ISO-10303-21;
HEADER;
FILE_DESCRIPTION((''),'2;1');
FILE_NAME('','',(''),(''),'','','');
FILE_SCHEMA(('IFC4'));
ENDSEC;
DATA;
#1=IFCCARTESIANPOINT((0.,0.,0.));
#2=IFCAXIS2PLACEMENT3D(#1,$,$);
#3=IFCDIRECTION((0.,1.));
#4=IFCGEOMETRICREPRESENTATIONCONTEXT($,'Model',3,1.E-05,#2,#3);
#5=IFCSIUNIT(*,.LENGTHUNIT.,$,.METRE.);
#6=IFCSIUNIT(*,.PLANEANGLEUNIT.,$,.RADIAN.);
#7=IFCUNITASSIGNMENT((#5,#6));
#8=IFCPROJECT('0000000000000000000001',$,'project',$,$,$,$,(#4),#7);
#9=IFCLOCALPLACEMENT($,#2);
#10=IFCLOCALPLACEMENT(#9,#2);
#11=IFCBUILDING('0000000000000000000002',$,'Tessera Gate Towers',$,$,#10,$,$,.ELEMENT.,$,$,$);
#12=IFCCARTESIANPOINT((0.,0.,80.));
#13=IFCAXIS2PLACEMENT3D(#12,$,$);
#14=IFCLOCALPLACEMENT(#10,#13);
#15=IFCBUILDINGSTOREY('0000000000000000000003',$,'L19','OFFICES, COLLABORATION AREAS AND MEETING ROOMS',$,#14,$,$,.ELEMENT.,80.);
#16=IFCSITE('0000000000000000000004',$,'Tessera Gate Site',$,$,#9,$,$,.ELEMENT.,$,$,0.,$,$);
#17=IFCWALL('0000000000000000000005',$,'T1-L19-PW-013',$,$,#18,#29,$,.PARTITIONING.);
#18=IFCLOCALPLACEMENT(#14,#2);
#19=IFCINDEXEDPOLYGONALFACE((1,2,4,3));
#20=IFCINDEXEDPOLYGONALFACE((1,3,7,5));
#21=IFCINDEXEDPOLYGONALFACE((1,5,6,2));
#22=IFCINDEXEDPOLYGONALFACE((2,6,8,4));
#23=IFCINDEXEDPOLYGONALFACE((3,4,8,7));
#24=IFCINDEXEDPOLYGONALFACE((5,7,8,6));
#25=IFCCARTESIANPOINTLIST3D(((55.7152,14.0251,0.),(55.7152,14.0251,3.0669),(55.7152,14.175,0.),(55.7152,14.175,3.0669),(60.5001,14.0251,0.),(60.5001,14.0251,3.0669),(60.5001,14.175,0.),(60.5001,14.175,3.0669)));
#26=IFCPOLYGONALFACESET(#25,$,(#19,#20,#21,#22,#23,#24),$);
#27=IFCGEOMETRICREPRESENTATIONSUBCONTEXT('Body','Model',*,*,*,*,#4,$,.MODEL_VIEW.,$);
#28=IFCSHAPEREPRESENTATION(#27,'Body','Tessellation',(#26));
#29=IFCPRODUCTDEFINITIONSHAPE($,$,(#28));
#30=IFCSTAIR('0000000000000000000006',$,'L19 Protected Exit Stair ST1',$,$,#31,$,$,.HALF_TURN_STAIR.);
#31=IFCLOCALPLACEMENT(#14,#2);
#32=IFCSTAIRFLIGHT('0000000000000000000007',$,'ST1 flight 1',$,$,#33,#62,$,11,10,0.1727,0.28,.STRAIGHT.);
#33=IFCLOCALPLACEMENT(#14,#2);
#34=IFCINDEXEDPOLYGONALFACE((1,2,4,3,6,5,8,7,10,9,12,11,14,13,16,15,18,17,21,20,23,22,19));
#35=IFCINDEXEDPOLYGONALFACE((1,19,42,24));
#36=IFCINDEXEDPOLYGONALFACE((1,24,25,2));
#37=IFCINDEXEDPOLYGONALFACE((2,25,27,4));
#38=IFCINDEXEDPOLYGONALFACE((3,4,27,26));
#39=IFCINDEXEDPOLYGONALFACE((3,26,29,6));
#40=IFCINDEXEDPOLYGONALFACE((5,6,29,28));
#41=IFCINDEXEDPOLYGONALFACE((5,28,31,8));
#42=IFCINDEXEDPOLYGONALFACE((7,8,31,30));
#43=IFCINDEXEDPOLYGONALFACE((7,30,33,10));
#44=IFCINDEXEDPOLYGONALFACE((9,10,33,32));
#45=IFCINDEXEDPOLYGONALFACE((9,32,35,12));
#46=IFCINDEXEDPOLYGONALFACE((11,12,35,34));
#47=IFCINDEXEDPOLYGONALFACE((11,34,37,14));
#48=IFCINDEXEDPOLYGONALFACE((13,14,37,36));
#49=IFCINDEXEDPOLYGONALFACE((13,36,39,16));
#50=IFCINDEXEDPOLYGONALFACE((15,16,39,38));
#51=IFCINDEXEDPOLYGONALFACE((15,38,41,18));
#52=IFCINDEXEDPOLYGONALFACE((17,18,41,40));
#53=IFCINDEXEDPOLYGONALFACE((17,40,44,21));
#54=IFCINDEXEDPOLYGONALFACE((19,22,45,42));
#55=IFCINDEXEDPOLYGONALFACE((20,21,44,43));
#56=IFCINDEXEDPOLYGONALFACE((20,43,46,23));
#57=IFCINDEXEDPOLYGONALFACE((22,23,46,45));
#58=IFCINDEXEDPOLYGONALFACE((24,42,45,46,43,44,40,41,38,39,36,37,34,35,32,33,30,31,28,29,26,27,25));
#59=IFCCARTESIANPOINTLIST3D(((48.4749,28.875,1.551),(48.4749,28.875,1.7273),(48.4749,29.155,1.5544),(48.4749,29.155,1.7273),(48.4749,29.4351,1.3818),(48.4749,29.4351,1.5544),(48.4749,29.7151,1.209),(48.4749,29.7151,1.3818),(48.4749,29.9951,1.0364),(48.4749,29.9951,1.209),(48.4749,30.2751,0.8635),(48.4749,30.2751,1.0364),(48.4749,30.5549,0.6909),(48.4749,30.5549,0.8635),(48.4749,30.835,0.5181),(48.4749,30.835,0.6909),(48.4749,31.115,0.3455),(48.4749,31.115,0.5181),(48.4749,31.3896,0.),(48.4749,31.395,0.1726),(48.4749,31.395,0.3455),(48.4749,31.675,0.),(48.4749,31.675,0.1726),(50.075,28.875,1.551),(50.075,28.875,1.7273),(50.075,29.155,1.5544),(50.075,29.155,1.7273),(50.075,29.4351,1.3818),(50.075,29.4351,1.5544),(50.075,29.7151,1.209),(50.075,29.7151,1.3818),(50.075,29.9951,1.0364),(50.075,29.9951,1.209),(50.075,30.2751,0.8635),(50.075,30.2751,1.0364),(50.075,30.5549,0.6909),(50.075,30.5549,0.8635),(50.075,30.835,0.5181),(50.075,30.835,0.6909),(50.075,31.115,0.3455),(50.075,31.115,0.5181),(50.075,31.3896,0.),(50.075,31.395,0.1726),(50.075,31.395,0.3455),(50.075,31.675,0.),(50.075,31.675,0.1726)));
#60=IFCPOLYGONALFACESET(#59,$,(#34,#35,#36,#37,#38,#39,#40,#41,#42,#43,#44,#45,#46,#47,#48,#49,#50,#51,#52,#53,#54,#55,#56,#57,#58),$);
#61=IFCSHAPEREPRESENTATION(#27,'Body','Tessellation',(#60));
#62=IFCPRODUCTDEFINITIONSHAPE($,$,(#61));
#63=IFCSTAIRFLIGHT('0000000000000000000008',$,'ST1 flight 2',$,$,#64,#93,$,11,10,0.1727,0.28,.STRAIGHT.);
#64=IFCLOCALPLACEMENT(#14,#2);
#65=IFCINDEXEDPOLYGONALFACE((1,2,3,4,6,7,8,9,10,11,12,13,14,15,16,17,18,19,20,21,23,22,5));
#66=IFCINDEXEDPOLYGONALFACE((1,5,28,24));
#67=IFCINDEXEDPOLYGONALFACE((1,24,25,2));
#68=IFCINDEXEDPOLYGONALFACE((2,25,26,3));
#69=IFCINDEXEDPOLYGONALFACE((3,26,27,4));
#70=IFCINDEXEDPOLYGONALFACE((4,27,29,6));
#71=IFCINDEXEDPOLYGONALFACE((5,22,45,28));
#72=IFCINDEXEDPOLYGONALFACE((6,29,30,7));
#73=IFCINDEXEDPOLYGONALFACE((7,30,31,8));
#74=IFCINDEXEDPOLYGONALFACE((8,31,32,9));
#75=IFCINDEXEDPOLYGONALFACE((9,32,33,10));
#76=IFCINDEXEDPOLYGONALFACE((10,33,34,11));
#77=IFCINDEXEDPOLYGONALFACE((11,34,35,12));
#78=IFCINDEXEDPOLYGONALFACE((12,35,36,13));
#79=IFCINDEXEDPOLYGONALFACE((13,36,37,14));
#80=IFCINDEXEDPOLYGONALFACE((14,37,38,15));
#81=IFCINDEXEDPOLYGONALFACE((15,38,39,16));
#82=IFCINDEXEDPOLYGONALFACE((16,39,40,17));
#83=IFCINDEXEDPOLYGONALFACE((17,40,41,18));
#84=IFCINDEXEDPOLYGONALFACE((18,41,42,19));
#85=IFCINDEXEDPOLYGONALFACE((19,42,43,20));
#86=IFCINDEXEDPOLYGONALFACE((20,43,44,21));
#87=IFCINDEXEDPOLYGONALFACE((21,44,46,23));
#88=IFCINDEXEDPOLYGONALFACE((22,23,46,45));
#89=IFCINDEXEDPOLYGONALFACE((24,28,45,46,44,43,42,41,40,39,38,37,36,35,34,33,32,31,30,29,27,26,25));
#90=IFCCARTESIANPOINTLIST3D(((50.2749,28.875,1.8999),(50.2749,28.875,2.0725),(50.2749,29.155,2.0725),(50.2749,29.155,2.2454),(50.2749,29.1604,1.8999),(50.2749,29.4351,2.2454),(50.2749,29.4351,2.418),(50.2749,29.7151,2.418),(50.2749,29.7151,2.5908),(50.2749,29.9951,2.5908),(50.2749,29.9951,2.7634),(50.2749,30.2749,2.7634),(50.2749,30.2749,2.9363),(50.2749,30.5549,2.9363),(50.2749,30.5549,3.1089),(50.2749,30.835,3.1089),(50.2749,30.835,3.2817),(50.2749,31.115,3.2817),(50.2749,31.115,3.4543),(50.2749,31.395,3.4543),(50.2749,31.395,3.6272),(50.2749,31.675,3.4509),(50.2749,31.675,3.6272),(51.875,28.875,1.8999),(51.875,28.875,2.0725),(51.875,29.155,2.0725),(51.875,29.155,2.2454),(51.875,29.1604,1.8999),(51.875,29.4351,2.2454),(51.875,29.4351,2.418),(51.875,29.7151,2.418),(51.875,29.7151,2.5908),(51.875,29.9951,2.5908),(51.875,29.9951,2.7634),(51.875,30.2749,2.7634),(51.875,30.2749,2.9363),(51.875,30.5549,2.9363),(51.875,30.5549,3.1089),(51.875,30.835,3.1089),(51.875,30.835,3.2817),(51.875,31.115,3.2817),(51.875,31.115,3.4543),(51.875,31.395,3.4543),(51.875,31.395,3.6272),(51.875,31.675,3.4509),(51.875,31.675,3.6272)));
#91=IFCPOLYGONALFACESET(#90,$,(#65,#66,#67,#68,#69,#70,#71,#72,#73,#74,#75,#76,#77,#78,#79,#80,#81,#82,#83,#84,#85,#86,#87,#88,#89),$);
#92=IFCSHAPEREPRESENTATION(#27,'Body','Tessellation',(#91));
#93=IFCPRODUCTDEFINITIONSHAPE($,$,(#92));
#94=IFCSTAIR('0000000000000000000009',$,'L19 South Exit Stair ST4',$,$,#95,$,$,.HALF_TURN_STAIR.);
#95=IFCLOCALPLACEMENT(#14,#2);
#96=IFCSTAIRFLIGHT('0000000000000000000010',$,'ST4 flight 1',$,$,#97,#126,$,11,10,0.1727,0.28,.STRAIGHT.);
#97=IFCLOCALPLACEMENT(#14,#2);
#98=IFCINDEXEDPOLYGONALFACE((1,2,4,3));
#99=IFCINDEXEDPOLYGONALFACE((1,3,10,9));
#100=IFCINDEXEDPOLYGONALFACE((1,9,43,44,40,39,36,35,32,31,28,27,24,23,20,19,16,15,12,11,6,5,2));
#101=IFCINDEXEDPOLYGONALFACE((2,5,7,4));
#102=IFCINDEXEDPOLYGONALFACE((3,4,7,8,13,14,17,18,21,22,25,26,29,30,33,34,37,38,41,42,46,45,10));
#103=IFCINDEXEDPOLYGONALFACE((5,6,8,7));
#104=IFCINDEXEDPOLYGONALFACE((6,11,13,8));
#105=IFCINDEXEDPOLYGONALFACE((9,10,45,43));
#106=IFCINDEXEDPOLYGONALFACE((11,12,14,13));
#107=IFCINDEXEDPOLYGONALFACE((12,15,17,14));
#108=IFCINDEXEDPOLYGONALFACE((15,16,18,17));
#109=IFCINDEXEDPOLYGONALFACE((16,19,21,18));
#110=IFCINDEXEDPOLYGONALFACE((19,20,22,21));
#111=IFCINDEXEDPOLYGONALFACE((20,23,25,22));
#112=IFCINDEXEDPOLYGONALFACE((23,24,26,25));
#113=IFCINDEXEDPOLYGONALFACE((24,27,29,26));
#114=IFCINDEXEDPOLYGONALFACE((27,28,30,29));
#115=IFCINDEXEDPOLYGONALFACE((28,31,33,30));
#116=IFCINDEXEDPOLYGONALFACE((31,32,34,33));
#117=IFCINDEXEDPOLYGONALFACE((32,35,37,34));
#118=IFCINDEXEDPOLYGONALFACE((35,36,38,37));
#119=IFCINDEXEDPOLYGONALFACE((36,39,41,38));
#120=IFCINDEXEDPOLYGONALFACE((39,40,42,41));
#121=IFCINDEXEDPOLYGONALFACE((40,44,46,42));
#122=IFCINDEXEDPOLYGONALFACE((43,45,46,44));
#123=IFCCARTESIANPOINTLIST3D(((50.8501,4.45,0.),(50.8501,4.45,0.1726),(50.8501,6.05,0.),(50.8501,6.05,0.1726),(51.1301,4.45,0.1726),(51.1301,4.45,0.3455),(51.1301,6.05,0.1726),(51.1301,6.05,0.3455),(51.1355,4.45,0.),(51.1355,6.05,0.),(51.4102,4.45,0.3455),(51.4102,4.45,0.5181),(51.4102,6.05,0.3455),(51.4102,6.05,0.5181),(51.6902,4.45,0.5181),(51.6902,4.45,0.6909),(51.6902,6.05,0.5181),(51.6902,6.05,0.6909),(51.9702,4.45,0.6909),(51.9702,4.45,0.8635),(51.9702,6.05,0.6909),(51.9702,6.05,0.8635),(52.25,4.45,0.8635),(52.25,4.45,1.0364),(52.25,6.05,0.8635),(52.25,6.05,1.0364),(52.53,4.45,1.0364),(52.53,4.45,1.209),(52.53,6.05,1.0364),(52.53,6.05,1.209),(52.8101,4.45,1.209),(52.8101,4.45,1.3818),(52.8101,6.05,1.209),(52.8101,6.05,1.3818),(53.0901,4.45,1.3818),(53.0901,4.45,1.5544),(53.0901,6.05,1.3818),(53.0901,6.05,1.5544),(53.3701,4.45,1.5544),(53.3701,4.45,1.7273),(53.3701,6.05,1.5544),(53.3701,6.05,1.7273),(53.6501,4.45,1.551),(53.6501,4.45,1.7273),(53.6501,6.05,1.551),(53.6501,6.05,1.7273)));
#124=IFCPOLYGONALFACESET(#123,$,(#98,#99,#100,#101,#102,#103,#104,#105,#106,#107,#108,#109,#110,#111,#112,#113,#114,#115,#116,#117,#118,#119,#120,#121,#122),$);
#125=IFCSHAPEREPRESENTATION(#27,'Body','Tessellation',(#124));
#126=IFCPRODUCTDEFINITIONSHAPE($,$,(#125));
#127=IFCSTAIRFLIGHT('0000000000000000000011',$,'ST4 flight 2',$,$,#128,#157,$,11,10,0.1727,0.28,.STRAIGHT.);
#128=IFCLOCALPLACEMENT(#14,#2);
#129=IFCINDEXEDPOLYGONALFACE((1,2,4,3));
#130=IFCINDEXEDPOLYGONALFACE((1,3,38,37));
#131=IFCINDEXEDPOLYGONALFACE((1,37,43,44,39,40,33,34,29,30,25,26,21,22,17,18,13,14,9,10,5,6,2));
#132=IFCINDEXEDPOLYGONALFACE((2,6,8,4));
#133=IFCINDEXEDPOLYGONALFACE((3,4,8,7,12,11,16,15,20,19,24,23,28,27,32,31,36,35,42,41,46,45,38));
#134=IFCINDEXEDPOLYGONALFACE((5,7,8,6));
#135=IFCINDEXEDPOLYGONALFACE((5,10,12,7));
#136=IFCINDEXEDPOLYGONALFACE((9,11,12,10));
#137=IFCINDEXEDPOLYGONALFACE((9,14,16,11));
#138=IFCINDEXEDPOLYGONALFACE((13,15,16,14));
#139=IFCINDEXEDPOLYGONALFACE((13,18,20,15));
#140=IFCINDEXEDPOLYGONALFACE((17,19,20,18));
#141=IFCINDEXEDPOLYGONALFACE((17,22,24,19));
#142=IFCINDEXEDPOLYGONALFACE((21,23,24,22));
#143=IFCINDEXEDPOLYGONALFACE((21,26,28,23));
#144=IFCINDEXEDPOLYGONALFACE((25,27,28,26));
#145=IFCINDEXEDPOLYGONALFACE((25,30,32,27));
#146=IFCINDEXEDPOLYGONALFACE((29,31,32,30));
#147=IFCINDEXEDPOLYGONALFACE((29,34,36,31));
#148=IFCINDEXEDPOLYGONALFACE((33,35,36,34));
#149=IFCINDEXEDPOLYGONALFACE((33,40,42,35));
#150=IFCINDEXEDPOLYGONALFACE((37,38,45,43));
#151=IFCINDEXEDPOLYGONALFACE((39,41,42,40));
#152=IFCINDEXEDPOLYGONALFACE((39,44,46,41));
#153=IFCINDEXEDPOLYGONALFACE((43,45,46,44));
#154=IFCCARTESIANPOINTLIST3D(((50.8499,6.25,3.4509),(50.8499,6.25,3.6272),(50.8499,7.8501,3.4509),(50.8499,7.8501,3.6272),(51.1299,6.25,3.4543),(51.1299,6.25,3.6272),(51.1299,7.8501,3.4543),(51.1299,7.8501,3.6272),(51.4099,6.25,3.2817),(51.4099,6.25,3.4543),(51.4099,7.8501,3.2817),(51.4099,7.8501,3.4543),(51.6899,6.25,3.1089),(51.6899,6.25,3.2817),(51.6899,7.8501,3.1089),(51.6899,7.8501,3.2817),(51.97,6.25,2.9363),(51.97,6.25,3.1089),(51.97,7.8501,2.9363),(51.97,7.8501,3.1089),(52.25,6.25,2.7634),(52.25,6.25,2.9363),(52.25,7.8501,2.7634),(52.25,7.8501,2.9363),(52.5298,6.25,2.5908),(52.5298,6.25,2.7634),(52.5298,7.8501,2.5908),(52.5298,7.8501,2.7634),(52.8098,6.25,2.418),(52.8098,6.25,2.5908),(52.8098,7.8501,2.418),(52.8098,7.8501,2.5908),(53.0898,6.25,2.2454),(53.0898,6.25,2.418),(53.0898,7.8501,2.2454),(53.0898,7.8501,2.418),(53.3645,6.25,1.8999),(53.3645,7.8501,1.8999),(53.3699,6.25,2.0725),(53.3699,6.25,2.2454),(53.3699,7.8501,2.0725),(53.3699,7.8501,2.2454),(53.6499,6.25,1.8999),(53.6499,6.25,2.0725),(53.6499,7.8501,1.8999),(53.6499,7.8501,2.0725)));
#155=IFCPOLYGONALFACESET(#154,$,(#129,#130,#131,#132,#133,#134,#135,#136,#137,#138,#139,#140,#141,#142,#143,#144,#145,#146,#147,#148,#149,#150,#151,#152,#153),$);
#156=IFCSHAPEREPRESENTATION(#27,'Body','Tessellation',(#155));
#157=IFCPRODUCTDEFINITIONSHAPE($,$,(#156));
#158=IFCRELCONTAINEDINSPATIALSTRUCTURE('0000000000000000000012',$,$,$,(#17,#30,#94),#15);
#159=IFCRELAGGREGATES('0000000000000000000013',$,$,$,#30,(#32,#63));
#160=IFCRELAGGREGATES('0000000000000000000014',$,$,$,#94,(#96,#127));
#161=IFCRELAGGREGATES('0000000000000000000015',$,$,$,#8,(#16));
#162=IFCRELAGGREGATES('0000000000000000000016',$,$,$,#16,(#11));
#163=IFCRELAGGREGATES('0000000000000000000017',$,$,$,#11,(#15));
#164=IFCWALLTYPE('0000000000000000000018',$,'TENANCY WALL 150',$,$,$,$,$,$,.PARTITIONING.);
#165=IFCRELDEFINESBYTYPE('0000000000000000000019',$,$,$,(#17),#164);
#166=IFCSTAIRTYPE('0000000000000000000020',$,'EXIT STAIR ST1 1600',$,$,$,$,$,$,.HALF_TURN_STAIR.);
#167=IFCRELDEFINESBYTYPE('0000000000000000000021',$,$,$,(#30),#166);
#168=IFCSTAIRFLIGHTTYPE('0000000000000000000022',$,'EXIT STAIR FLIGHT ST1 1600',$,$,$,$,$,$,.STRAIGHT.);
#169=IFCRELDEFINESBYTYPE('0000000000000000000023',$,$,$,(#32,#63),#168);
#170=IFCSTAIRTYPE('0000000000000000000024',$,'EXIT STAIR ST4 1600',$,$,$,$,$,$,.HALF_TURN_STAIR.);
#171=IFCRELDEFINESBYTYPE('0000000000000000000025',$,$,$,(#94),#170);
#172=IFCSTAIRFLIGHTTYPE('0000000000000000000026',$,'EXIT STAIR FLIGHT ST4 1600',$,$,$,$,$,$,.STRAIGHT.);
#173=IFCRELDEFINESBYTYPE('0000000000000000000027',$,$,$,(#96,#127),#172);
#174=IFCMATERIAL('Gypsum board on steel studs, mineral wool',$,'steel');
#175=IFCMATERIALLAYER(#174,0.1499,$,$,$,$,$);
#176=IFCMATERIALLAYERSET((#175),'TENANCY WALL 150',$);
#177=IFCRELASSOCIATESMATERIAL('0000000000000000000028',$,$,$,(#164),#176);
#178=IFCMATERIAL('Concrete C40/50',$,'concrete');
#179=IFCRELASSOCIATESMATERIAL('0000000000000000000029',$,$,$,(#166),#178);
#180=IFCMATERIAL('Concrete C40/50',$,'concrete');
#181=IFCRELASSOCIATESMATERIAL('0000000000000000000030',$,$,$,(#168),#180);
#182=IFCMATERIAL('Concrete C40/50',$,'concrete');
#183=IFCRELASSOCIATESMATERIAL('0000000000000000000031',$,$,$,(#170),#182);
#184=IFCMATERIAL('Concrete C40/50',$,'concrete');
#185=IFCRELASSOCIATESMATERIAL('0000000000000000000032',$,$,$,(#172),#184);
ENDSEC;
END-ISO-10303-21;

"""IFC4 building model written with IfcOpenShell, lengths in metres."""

from ifc_helpers import new_model, si_unit, direction, frame, frame_2d, origin, place, context, subcontext, project, spatial, polyline, rectangle, outline, extrude, material, layer, layer_set, type_object, element, aggregate, save


model = new_model("IFC4")

# Units and contexts
model_context = context("Model", 3, precision=1e-05, world=origin(), true_north=direction((0.0, 1.0)))
body_context = subcontext(model_context, "Body", "Model", "MODEL_VIEW")
ifc_project = project(units=[si_unit("LENGTHUNIT", "METRE"), si_unit("PLANEANGLEUNIT", "RADIAN")], contexts=[model_context])

# Site, building, storey
site_placement = place(None, origin())
site = spatial("IfcSite", under=ifc_project, at=site_placement, Name="Tessera Gate Site", CompositionType="ELEMENT", RefElevation=0.0)
building_placement = place(site_placement, origin())
building = spatial("IfcBuilding", under=site, at=building_placement, Name="Tessera Gate Towers", CompositionType="ELEMENT")
storey_placement = place(building_placement, frame((0.0, 0.0, 80.0)))
storey = spatial("IfcBuildingStorey", under=building, at=storey_placement, Name="L19", Description="OFFICES, COLLABORATION AREAS AND MEETING ROOMS", CompositionType="ELEMENT", Elevation=80.0)

# Wall
ifc_material_1 = material(Name="Gypsum board on steel studs, mineral wool", Category="steel")
ifc_layer_1 = layer(ifc_material_1, 0.1499)
ifc_layer_set_1 = layer_set([ifc_layer_1], Name="TENANCY WALL 150")
wall_type_1 = type_object("IfcWallType", Name="TENANCY WALL 150", PredefinedType="PARTITIONING", material=ifc_layer_set_1)
wall_1_placement = place(storey_placement, frame((55.7151, 14.1001, 0.0), z_axis=(0.0, 0.0, 1.0), x_axis=(1.0, 0.0, 0.0)))
element("IfcWall", 1, at=wall_1_placement, inside=storey, type_object=wall_type_1, Name="T1-L19-PW-013", PredefinedType="PARTITIONING", context=body_context, shape_type="SweptSolid", body=[
    extrude(rectangle(XDim=4.7849, YDim=0.1499, at=frame_2d((2.3926, 0.0))), origin(), (0.0, 0.0, 1.0), 3.0669),
])

# Stairs, stair flights
ifc_material_2 = material(Name="Concrete C40/50", Category="concrete")
stair_type_1 = type_object("IfcStairType", Name="EXIT STAIR ST1 1600", PredefinedType="HALF_TURN_STAIR", material=ifc_material_2)
stair_1_placement = place(storey_placement, origin())
stair_1 = element("IfcStair", 2, at=stair_1_placement, inside=storey, type_object=stair_type_1, Name="L19 Protected Exit Stair ST1", PredefinedType="HALF_TURN_STAIR")
ifc_material_3 = material(Name="Concrete C40/50", Category="concrete")
stair_flight_type_1 = type_object("IfcStairFlightType", Name="EXIT STAIR FLIGHT ST1 1600", PredefinedType="STRAIGHT", material=ifc_material_3)
stair_flight_1_placement = place(storey_placement, frame((49.2749, 31.675, 0.0), z_axis=(0.0, 0.0, 1.0), x_axis=(0.0, -1.0, 0.0)))
stair_flight_1 = element("IfcStairFlight", 3, at=stair_flight_1_placement, type_object=stair_flight_type_1, Name="ST1 flight 1", NumberOfRisers=11, NumberOfTreads=10, PredefinedType="STRAIGHT", RiserHeight=0.1727, TreadLength=0.28, context=body_context, shape_type="SweptSolid", body=[
    extrude(outline(polyline([(0.0, 0.0), (0.0, 0.1726), (0.28, 0.1726), (0.28, 0.3455), (0.5601, 0.3455), (0.5601, 0.5181), (0.8401, 0.5181), (0.8401, 0.6909), (1.1201, 0.6909), (1.1201, 0.8635), (1.3999, 0.8635), (1.3999, 1.0364), (1.6799, 1.0364), (1.6799, 1.209), (1.96, 1.209), (1.96, 1.3818), (2.24, 1.3818), (2.24, 1.5544), (2.52, 1.5544), (2.52, 1.7273), (2.8, 1.7273), (2.8, 1.8999), (2.8, 1.551), (0.2854, 0.0), (0.0, 0.0)])), frame((0.0, 0.8, 0.0), z_axis=(0.0, -1.0, 0.0), x_axis=(1.0, 0.0, 0.0)), (0.0, 0.0, 1.0), 1.6001),
])
stair_flight_2_placement = place(storey_placement, frame((51.075, 28.875, 1.8999), z_axis=(0.0, 0.0, 1.0), x_axis=(0.0, 1.0, 0.0)))
stair_flight_2 = element("IfcStairFlight", 4, at=stair_flight_2_placement, type_object=stair_flight_type_1, Name="ST1 flight 2", NumberOfRisers=11, NumberOfTreads=10, PredefinedType="STRAIGHT", RiserHeight=0.1727, TreadLength=0.28, context=body_context, shape_type="SweptSolid", body=[
    extrude(outline(polyline([(0.0, 0.0), (0.0, 0.1726), (0.28, 0.1726), (0.28, 0.3455), (0.5601, 0.3455), (0.5601, 0.5181), (0.8401, 0.5181), (0.8401, 0.6909), (1.1201, 0.6909), (1.1201, 0.8635), (1.3999, 0.8635), (1.3999, 1.0364), (1.6799, 1.0364), (1.6799, 1.209), (1.96, 1.209), (1.96, 1.3818), (2.24, 1.3818), (2.24, 1.5544), (2.52, 1.5544), (2.52, 1.7273), (2.8, 1.7273), (2.8, 1.8999), (2.8, 1.551), (0.2854, 0.0), (0.0, 0.0)])), frame((0.0, 0.8, 0.0), z_axis=(0.0, -1.0, 0.0), x_axis=(1.0, 0.0, 0.0)), (0.0, 0.0, 1.0), 1.6001),
])
aggregate(stair_1, [stair_flight_1, stair_flight_2])
ifc_material_4 = material(Name="Concrete C40/50", Category="concrete")
stair_type_2 = type_object("IfcStairType", Name="EXIT STAIR ST4 1600", PredefinedType="HALF_TURN_STAIR", material=ifc_material_4)
stair_2_placement = place(storey_placement, origin())
stair_2 = element("IfcStair", 5, at=stair_2_placement, inside=storey, type_object=stair_type_2, Name="L19 South Exit Stair ST4", PredefinedType="HALF_TURN_STAIR")
ifc_material_5 = material(Name="Concrete C40/50", Category="concrete")
stair_flight_type_2 = type_object("IfcStairFlightType", Name="EXIT STAIR FLIGHT ST4 1600", PredefinedType="STRAIGHT", material=ifc_material_5)
stair_flight_3_placement = place(storey_placement, frame((50.8501, 5.25, 0.0), z_axis=(0.0, 0.0, 1.0), x_axis=(1.0, 0.0, 0.0)))
stair_flight_3 = element("IfcStairFlight", 6, at=stair_flight_3_placement, type_object=stair_flight_type_2, Name="ST4 flight 1", NumberOfRisers=11, NumberOfTreads=10, PredefinedType="STRAIGHT", RiserHeight=0.1727, TreadLength=0.28, context=body_context, shape_type="SweptSolid", body=[
    extrude(outline(polyline([(0.0, 0.0), (0.0, 0.1726), (0.28, 0.1726), (0.28, 0.3455), (0.5601, 0.3455), (0.5601, 0.5181), (0.8401, 0.5181), (0.8401, 0.6909), (1.1201, 0.6909), (1.1201, 0.8635), (1.3999, 0.8635), (1.3999, 1.0364), (1.6799, 1.0364), (1.6799, 1.209), (1.96, 1.209), (1.96, 1.3818), (2.24, 1.3818), (2.24, 1.5544), (2.52, 1.5544), (2.52, 1.7273), (2.8, 1.7273), (2.8, 1.8999), (2.8, 1.551), (0.2854, 0.0), (0.0, 0.0)])), frame((0.0, 0.8, 0.0), z_axis=(0.0, -1.0, 0.0), x_axis=(1.0, 0.0, 0.0)), (0.0, 0.0, 1.0), 1.6001),
])
stair_flight_4_placement = place(storey_placement, frame((53.6499, 7.05, 1.8999), z_axis=(0.0, 0.0, 1.0), x_axis=(-1.0, 0.0, 0.0)))
stair_flight_4 = element("IfcStairFlight", 7, at=stair_flight_4_placement, type_object=stair_flight_type_2, Name="ST4 flight 2", NumberOfRisers=11, NumberOfTreads=10, PredefinedType="STRAIGHT", RiserHeight=0.1727, TreadLength=0.28, context=body_context, shape_type="SweptSolid", body=[
    extrude(outline(polyline([(0.0, 0.0), (0.0, 0.1726), (0.28, 0.1726), (0.28, 0.3455), (0.5601, 0.3455), (0.5601, 0.5181), (0.8401, 0.5181), (0.8401, 0.6909), (1.1201, 0.6909), (1.1201, 0.8635), (1.3999, 0.8635), (1.3999, 1.0364), (1.6799, 1.0364), (1.6799, 1.209), (1.96, 1.209), (1.96, 1.3818), (2.24, 1.3818), (2.24, 1.5544), (2.52, 1.5544), (2.52, 1.7273), (2.8, 1.7273), (2.8, 1.8999), (2.8, 1.551), (0.2854, 0.0), (0.0, 0.0)])), frame((0.0, 0.8, 0.0), z_axis=(0.0, -1.0, 0.0), x_axis=(1.0, 0.0, 0.0)), (0.0, 0.0, 1.0), 1.6001),
])
aggregate(stair_2, [stair_flight_3, stair_flight_4])

save(model, "model.ifc")
